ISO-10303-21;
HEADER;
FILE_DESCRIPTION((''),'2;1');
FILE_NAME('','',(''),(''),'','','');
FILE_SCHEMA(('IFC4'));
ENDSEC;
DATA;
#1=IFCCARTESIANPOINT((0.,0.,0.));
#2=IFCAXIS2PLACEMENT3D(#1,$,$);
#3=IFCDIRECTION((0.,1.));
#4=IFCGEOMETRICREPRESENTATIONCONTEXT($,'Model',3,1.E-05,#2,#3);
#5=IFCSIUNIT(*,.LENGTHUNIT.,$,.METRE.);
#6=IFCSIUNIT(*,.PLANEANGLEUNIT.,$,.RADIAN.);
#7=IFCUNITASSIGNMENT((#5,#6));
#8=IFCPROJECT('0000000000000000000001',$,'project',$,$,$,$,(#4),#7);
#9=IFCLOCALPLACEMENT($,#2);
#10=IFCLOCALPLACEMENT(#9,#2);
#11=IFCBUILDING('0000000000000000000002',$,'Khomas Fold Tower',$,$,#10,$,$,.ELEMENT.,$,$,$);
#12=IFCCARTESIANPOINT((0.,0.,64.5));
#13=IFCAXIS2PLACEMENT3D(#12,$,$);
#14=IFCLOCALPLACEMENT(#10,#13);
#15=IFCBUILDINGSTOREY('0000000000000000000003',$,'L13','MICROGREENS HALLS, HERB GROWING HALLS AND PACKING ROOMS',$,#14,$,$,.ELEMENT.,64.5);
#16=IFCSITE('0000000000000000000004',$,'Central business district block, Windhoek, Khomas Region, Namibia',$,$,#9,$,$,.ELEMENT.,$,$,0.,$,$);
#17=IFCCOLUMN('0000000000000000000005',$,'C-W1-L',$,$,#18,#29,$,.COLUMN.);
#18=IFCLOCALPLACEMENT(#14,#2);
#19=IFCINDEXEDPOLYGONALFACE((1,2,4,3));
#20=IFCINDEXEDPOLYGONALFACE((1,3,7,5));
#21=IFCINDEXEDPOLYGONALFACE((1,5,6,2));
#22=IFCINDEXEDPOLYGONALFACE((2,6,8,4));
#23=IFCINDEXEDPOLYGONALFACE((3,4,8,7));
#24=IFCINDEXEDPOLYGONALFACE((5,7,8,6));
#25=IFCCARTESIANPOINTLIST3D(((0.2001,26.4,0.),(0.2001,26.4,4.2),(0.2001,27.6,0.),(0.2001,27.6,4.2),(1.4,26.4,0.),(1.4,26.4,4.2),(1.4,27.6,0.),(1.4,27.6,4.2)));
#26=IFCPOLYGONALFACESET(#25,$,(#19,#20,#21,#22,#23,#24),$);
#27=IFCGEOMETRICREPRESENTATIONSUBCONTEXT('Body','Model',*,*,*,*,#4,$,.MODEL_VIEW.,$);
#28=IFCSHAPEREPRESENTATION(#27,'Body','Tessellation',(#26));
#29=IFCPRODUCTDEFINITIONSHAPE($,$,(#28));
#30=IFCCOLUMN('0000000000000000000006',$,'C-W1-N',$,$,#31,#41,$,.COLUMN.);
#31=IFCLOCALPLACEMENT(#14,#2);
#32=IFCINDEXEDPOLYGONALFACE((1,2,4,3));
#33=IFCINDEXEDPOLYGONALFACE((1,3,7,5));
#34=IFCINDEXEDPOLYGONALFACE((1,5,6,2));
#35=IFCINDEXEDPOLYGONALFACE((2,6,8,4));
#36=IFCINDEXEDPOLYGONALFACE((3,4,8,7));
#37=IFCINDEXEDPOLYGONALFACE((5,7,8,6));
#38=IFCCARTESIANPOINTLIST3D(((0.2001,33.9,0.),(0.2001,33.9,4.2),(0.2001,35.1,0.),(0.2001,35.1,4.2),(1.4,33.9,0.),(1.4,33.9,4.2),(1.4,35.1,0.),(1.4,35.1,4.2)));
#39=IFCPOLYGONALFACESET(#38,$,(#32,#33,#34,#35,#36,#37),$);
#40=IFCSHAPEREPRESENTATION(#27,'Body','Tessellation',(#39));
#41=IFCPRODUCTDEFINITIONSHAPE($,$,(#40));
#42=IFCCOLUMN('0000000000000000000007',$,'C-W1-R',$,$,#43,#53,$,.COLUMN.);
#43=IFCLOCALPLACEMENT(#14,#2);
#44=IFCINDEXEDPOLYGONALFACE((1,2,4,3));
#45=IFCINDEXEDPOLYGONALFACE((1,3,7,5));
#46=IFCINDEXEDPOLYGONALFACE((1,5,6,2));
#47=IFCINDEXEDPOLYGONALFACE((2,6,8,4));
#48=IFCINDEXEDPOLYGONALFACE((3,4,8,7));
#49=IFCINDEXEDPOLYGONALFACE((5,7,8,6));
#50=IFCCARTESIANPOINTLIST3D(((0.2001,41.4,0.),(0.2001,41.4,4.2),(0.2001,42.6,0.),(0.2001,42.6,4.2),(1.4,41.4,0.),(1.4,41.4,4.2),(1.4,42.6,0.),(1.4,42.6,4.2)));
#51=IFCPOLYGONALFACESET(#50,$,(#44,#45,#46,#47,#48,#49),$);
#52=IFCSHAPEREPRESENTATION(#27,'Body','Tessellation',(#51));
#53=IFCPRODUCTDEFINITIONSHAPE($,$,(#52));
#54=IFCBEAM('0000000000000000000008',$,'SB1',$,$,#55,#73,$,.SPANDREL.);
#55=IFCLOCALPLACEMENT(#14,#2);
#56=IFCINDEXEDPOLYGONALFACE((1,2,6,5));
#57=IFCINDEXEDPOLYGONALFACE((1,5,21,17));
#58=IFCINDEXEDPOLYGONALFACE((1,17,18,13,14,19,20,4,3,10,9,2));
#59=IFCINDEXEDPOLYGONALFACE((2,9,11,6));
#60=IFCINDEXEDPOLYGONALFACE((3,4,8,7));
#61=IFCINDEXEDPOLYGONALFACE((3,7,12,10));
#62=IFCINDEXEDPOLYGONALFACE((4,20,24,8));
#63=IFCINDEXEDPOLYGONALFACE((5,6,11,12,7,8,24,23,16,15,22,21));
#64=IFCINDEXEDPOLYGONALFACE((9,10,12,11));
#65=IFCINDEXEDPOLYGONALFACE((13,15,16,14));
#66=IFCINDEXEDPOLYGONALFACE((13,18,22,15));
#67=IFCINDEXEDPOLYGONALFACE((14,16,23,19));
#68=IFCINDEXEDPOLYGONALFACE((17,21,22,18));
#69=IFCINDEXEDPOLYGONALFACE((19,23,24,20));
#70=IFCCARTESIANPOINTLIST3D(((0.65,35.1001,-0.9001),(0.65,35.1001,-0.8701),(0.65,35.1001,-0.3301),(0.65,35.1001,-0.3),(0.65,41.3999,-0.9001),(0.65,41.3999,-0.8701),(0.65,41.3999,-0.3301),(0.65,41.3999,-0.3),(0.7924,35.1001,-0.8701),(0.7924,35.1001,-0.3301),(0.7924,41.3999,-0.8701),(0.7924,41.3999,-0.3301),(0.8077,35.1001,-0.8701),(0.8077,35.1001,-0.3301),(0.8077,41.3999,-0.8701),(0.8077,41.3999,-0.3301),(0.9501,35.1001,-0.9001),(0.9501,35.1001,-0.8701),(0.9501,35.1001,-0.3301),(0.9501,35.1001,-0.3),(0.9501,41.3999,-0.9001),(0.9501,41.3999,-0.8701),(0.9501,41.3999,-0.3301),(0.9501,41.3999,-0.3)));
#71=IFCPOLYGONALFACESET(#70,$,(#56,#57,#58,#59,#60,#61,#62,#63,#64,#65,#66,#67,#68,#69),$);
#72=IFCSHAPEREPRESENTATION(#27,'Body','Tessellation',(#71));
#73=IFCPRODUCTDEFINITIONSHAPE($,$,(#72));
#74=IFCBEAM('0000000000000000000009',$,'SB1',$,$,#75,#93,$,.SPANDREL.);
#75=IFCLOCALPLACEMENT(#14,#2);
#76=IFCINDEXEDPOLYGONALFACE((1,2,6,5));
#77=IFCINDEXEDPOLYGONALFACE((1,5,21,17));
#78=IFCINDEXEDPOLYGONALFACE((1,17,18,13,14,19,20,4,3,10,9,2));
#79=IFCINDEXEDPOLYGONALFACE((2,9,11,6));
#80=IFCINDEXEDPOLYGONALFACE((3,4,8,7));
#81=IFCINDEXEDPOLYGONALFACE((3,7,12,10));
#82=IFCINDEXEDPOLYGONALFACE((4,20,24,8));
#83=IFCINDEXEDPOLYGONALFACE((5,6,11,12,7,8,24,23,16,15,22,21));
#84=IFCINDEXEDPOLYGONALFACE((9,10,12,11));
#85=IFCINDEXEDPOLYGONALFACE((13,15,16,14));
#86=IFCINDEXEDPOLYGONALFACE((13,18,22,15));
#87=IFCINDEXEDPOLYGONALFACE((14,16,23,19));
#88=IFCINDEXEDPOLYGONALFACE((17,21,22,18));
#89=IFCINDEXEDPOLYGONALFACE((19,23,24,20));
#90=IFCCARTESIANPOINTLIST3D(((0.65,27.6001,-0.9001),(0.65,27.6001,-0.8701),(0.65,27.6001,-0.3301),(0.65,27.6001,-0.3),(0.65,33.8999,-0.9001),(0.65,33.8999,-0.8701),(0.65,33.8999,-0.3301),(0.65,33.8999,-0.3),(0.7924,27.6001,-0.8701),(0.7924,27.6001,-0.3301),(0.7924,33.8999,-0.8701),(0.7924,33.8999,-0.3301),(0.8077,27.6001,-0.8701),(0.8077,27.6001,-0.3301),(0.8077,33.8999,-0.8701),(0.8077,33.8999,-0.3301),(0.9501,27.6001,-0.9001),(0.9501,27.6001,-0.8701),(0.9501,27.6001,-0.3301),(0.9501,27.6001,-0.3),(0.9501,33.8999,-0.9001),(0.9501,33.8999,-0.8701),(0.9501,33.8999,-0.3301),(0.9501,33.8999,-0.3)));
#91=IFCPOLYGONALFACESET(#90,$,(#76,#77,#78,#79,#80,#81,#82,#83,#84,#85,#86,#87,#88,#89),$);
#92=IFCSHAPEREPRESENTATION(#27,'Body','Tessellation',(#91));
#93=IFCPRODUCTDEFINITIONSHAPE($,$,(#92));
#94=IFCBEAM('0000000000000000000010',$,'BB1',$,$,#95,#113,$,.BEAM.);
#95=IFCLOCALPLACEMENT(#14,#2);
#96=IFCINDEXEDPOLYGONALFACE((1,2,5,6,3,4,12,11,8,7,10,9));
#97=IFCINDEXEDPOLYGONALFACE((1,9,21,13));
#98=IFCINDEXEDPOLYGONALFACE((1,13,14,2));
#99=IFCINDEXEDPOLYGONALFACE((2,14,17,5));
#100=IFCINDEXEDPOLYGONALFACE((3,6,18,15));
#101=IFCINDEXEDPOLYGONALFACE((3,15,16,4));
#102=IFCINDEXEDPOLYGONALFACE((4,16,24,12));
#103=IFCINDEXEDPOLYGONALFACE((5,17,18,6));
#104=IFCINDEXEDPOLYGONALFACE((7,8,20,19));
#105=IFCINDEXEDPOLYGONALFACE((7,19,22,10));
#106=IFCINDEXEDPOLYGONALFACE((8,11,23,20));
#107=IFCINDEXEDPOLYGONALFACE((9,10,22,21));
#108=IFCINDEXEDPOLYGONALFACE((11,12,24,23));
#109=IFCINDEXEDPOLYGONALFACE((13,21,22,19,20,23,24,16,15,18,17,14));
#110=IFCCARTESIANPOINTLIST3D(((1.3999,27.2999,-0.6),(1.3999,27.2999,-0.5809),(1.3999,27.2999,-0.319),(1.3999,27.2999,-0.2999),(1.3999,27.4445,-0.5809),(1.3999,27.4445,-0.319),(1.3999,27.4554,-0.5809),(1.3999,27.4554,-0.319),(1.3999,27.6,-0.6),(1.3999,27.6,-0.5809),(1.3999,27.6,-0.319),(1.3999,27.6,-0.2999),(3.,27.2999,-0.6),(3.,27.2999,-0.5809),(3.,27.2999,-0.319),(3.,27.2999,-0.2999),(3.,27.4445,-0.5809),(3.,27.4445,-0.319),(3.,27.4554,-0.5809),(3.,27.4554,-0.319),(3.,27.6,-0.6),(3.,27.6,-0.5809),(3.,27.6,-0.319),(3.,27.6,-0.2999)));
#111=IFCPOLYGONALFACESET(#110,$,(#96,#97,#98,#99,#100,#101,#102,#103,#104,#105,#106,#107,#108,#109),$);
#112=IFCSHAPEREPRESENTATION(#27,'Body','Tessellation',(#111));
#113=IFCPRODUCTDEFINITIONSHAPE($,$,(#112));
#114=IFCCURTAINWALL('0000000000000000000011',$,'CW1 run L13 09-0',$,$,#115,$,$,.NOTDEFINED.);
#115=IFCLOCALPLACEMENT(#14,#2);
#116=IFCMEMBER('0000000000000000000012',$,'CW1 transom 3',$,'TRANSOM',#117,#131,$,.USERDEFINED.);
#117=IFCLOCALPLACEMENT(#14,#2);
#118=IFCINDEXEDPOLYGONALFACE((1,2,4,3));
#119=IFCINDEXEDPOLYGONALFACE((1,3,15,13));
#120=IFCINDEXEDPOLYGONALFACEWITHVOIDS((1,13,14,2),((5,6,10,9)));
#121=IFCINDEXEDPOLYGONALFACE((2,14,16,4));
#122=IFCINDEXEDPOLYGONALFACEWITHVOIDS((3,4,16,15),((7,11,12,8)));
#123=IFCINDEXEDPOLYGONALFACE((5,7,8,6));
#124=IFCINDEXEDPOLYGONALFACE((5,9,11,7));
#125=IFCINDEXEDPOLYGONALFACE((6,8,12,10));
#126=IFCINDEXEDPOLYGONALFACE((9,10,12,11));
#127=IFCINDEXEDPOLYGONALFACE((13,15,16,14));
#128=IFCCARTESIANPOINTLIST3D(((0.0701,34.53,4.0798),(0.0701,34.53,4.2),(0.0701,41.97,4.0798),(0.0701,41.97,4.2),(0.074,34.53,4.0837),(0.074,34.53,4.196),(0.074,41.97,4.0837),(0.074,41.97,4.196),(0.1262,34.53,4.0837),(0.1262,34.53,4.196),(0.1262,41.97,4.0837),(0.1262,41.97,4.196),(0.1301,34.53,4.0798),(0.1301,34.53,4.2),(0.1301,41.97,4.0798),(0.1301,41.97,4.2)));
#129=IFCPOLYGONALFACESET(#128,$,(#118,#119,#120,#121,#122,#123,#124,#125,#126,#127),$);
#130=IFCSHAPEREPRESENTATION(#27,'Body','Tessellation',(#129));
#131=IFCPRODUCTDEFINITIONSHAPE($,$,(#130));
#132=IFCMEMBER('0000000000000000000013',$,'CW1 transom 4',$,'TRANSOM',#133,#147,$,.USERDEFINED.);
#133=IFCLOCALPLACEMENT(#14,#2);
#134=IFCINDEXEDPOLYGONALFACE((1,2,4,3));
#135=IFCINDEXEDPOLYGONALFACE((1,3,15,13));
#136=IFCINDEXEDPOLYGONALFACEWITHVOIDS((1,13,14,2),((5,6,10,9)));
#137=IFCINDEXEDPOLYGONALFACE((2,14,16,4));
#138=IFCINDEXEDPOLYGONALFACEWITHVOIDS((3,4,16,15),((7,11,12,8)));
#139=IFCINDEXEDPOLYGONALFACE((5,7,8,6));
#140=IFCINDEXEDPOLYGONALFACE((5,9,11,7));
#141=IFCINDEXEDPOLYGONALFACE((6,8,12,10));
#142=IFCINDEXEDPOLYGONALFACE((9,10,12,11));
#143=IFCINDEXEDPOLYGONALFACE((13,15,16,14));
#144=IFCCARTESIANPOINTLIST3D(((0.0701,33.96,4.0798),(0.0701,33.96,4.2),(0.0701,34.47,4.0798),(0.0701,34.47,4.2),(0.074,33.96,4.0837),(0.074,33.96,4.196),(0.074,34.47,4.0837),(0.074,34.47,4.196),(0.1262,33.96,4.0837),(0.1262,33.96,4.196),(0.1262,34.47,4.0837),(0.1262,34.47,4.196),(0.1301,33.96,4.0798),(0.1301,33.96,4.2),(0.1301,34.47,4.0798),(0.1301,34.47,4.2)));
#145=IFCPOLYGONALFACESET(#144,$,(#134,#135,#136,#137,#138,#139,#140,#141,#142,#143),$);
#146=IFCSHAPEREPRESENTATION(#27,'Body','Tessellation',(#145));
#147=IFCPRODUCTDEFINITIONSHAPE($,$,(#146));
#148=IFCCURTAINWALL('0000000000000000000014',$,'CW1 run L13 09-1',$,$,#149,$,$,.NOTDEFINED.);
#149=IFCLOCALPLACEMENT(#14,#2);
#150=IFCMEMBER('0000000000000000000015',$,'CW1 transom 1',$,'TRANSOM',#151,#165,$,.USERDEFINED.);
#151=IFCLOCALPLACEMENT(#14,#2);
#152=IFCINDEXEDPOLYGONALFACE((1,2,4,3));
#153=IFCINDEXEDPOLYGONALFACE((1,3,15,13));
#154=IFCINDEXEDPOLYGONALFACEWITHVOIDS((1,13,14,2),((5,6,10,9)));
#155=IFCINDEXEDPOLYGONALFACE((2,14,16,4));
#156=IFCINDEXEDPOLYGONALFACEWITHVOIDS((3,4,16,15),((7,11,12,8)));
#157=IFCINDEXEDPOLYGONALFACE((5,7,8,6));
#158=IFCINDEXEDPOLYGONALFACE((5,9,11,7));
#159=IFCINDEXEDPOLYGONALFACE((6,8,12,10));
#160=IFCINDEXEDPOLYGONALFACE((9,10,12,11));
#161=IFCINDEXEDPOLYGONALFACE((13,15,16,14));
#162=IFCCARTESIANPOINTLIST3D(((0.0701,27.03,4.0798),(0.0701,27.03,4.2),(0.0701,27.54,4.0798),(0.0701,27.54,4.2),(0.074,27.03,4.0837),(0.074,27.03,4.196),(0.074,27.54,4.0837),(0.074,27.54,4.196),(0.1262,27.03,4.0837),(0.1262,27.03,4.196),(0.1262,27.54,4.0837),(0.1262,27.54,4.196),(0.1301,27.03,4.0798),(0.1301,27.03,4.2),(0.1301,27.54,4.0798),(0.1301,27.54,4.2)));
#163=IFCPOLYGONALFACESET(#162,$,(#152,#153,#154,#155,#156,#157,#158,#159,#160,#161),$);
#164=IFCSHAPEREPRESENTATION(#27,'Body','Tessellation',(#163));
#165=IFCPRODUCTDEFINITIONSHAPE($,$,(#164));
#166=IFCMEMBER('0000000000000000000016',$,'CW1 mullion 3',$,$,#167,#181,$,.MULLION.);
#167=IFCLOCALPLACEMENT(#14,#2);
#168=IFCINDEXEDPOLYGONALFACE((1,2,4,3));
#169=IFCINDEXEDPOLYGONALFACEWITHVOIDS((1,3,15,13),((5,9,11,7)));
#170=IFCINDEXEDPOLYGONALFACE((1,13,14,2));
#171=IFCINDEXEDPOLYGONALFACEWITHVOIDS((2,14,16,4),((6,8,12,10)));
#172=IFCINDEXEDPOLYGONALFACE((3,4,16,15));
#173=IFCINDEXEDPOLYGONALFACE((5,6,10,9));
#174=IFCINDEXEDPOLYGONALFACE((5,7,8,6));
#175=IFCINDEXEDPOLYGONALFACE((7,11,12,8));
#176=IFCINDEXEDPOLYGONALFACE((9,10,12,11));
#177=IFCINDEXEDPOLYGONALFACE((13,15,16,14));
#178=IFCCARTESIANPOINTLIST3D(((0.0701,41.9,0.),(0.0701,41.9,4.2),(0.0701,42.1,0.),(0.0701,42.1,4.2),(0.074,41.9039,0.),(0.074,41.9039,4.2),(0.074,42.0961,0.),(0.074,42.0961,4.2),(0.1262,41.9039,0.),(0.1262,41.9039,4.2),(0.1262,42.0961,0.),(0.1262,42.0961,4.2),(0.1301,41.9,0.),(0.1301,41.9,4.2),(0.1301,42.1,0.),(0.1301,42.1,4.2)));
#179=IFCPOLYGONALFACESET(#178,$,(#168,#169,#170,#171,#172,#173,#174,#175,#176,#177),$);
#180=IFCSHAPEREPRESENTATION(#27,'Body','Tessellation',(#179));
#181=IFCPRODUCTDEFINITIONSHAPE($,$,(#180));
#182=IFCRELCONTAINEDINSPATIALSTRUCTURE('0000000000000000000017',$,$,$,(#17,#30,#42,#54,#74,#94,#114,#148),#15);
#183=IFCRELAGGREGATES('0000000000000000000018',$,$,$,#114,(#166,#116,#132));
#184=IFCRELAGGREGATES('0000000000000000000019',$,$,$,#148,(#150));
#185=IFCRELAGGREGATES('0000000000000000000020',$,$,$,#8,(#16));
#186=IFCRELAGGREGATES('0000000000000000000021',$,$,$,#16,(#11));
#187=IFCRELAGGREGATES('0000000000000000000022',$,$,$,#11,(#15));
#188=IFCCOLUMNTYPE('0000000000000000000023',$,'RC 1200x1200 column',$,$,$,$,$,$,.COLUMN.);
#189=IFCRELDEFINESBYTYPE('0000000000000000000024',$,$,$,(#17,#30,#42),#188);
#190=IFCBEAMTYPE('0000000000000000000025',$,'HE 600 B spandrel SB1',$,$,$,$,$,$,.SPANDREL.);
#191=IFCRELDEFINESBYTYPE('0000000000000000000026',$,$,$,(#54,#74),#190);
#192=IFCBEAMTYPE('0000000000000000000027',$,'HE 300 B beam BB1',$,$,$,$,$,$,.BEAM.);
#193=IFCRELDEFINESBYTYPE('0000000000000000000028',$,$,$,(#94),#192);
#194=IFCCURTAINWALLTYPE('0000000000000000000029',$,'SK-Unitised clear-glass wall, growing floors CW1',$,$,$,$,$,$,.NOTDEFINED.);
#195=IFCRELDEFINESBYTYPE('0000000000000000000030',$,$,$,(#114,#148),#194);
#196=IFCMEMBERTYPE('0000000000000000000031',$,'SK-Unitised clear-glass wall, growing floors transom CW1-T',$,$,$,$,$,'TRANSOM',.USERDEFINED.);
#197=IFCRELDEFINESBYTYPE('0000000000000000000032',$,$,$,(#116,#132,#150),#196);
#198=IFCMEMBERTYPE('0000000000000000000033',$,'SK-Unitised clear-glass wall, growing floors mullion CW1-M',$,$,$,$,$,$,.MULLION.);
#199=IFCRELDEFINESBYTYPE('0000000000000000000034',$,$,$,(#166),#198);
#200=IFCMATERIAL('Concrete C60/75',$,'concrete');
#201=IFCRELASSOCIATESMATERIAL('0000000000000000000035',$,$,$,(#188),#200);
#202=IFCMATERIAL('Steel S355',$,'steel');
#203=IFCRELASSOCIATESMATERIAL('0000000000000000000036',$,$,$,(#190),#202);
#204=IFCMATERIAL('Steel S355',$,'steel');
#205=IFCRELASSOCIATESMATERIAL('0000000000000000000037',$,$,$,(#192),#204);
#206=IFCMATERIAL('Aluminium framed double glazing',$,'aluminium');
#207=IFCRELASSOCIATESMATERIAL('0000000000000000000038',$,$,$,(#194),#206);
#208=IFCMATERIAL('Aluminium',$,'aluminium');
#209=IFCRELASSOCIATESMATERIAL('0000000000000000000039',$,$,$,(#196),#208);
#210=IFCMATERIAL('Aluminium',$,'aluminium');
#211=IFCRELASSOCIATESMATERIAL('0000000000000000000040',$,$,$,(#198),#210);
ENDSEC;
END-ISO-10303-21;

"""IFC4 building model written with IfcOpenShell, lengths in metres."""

from ifc_helpers import new_model, si_unit, direction, frame, origin, origin_2d, place, context, subcontext, project, spatial, rectangle, hollow_rectangle, i_section, extrude, source, transform, mapped, material, material_profile, profile_set, type_object, element, aggregate, save


model = new_model("IFC4")

# Units and contexts
model_context = context("Model", 3, precision=1e-05, world=origin(), true_north=direction((0.0, 1.0)))
body_context = subcontext(model_context, "Body", "Model", "MODEL_VIEW")
ifc_project = project(units=[si_unit("LENGTHUNIT", "METRE"), si_unit("PLANEANGLEUNIT", "RADIAN")], contexts=[model_context])

# Site, building, storey
site_placement = place(None, origin())
site = spatial("IfcSite", under=ifc_project, at=site_placement, Name="Central business district block, Windhoek, Khomas Region, Namibia", CompositionType="ELEMENT", RefElevation=0.0)
building_placement = place(site_placement, origin())
building = spatial("IfcBuilding", under=site, at=building_placement, Name="Khomas Fold Tower", CompositionType="ELEMENT")
storey_placement = place(building_placement, frame((0.0, 0.0, 64.5)))
storey = spatial("IfcBuildingStorey", under=building, at=storey_placement, Name="L13", Description="MICROGREENS HALLS, HERB GROWING HALLS AND PACKING ROOMS", CompositionType="ELEMENT", Elevation=64.5)

# Columns
ifc_material_1 = material(Name="Concrete C60/75", Category="concrete")
ifc_material_profile_1 = material_profile(ifc_material_1, rectangle(XDim=1.2, YDim=1.2, at=origin_2d()), Name="RC 1200x1200")
ifc_profile_set_1 = profile_set([ifc_material_profile_1], Name="Concrete C60/75")
column_type = type_object("IfcColumnType", Name="RC 1200x1200 column", PredefinedType="COLUMN", material=ifc_profile_set_1)
shared_shape_1 = source(origin(), body_context, "Body", "SweptSolid", [
    extrude(rectangle(XDim=1.2, YDim=1.2, at=origin_2d()), origin(), (0.0, 0.0, 1.0), 4.2),
])
for number, where, z_axis, x_axis, name in (
    (1, (0.8, 27.0, 0.0), (0.0, 0.0, 1.0), (1.0, 0.0, 0.0), "C-W1-L"),
    (2, (0.8, 34.5, 0.0), (0.0, 0.0, 1.0), (1.0, 0.0, 0.0), "C-W1-N"),
    (3, (0.8, 42.0, 0.0), (0.0, 0.0, 1.0), (1.0, 0.0, 0.0), "C-W1-R"),
):
    element("IfcColumn", number, at=place(storey_placement, frame(where, z_axis=z_axis, x_axis=x_axis)), inside=storey, type_object=column_type, Name=name, PredefinedType="COLUMN", context=body_context, shape_type="MappedRepresentation", body=[
        mapped(shared_shape_1, transform((0.0, 0.0, 0.0))),
    ])

# Beams
ifc_material_2 = material(Name="Steel S355", Category="steel")
ifc_material_profile_2 = material_profile(ifc_material_2, i_section(OverallWidth=0.3, OverallDepth=0.6001, WebThickness=0.0154, FlangeThickness=0.03, at=origin_2d()), Name="HE 600 B")
ifc_profile_set_2 = profile_set([ifc_material_profile_2], Name="Steel S355")
beam_type_1 = type_object("IfcBeamType", Name="HE 600 B spandrel SB1", PredefinedType="SPANDREL", material=ifc_profile_set_2)
shared_shape_2 = source(origin(), body_context, "Body", "SweptSolid", [
    extrude(i_section(OverallWidth=0.3, OverallDepth=0.6001, WebThickness=0.0154, FlangeThickness=0.03, at=origin_2d()), origin(), (0.0, 0.0, 1.0), 6.2998),
])
for number, where, z_axis, x_axis, name in (
    (4, (0.8, 35.1001, -0.6001), (0.0, 1.0, 0.0), (-1.0, 0.0, 0.0), "SB1"),
    (5, (0.8, 27.6001, -0.6001), (0.0, 1.0, 0.0), (-1.0, 0.0, 0.0), "SB1"),
):
    element("IfcBeam", number, at=place(storey_placement, frame(where, z_axis=z_axis, x_axis=x_axis)), inside=storey, type_object=beam_type_1, Name=name, PredefinedType="SPANDREL", context=body_context, shape_type="MappedRepresentation", body=[
        mapped(shared_shape_2, transform((0.0, 0.0, 0.0))),
    ])
ifc_material_3 = material(Name="Steel S355", Category="steel")
ifc_material_profile_3 = material_profile(ifc_material_3, i_section(OverallWidth=0.3, OverallDepth=0.3, WebThickness=0.011, FlangeThickness=0.019, at=origin_2d()), Name="HE 300 B")
ifc_profile_set_3 = profile_set([ifc_material_profile_3], Name="Steel S355")
beam_type_2 = type_object("IfcBeamType", Name="HE 300 B beam BB1", PredefinedType="BEAM", material=ifc_profile_set_3)
shared_shape_3 = source(origin(), body_context, "Body", "SweptSolid", [
    extrude(i_section(OverallWidth=0.3, OverallDepth=0.3, WebThickness=0.011, FlangeThickness=0.019, at=origin_2d()), origin(), (0.0, 0.0, 1.0), 1.6001),
])
beam_placement = place(storey_placement, frame((1.3999, 27.45, -0.45), z_axis=(1.0, 0.0, 0.0), x_axis=(0.0, 1.0, 0.0)))
element("IfcBeam", 6, at=beam_placement, inside=storey, type_object=beam_type_2, Name="BB1", PredefinedType="BEAM", context=body_context, shape_type="MappedRepresentation", body=[
    mapped(shared_shape_3, transform((0.0, 0.0, 0.0))),
])

# Curtain wall, members
ifc_material_4 = material(Name="Aluminium framed double glazing", Category="aluminium")
curtain_wall_type = type_object("IfcCurtainWallType", Name="SK-Unitised clear-glass wall, growing floors CW1", PredefinedType="NOTDEFINED", material=ifc_material_4)
curtain_wall_1_placement = place(storey_placement, origin())
curtain_wall_1 = element("IfcCurtainWall", 7, at=curtain_wall_1_placement, inside=storey, type_object=curtain_wall_type, Name="CW1 run L13 09-0", PredefinedType="NOTDEFINED")
ifc_material_5 = material(Name="Aluminium", Category="aluminium")
ifc_material_profile_4 = material_profile(ifc_material_5, hollow_rectangle(XDim=0.0601, YDim=0.1201, WallThickness=0.0039, at=origin_2d()), Name="SK-Unitised clear-glass wall, growing floors transom CW1-T")
ifc_profile_set_4 = profile_set([ifc_material_profile_4], Name="Aluminium")
member_type_1 = type_object("IfcMemberType", Name="SK-Unitised clear-glass wall, growing floors transom CW1-T", ElementType="TRANSOM", PredefinedType="USERDEFINED", material=ifc_profile_set_4)
shared_shape_4 = source(origin(), body_context, "Body", "SweptSolid", [
    extrude(hollow_rectangle(XDim=0.0601, YDim=0.1201, WallThickness=0.0039, at=origin_2d()), origin(), (0.0, 0.0, 1.0), 7.4399),
])
member_1_placement = place(storey_placement, frame((0.1001, 41.97, 4.1399), z_axis=(0.0, -1.0, 0.0), x_axis=(1.0, 0.0, 0.0)))
member_1 = element("IfcMember", 8, at=member_1_placement, type_object=member_type_1, Name="CW1 transom 3", ObjectType="TRANSOM", PredefinedType="USERDEFINED", context=body_context, shape_type="MappedRepresentation", body=[
    mapped(shared_shape_4, transform((0.0, 0.0, 0.0))),
])
shared_shape_5 = source(origin(), body_context, "Body", "SweptSolid", [
    extrude(hollow_rectangle(XDim=0.0601, YDim=0.1201, WallThickness=0.0039, at=origin_2d()), origin(), (0.0, 0.0, 1.0), 0.51),
])
member_2_placement = place(storey_placement, frame((0.1001, 34.47, 4.1399), z_axis=(0.0, -1.0, 0.0), x_axis=(1.0, 0.0, 0.0)))
member_2 = element("IfcMember", 9, at=member_2_placement, type_object=member_type_1, Name="CW1 transom 4", ObjectType="TRANSOM", PredefinedType="USERDEFINED", context=body_context, shape_type="MappedRepresentation", body=[
    mapped(shared_shape_5, transform((0.0, 0.0, 0.0))),
])

# Curtain wall, member
curtain_wall_2_placement = place(storey_placement, origin())
curtain_wall_2 = element("IfcCurtainWall", 10, at=curtain_wall_2_placement, inside=storey, type_object=curtain_wall_type, Name="CW1 run L13 09-1", PredefinedType="NOTDEFINED")
member_3_placement = place(storey_placement, frame((0.1001, 27.54, 4.1399), z_axis=(0.0, -1.0, 0.0), x_axis=(1.0, 0.0, 0.0)))
member_3 = element("IfcMember", 11, at=member_3_placement, type_object=member_type_1, Name="CW1 transom 1", ObjectType="TRANSOM", PredefinedType="USERDEFINED", context=body_context, shape_type="MappedRepresentation", body=[
    mapped(shared_shape_5, transform((0.0, 0.0, 0.0))),
])

# Member
ifc_material_6 = material(Name="Aluminium", Category="aluminium")
ifc_material_profile_5 = material_profile(ifc_material_6, hollow_rectangle(XDim=0.0601, YDim=0.2, WallThickness=0.0039, at=origin_2d()), Name="SK-Unitised clear-glass wall, growing floors mullion CW1-M")
ifc_profile_set_5 = profile_set([ifc_material_profile_5], Name="Aluminium")
member_type_2 = type_object("IfcMemberType", Name="SK-Unitised clear-glass wall, growing floors mullion CW1-M", PredefinedType="MULLION", material=ifc_profile_set_5)
shared_shape_6 = source(origin(), body_context, "Body", "SweptSolid", [
    extrude(hollow_rectangle(XDim=0.0601, YDim=0.2, WallThickness=0.0039, at=origin_2d()), origin(), (0.0, 0.0, 1.0), 4.2),
])
member_4_placement = place(storey_placement, frame((0.1001, 42.0, 0.0), z_axis=(0.0, 0.0, 1.0), x_axis=(1.0, 0.0, 0.0)))
member_4 = element("IfcMember", 12, at=member_4_placement, type_object=member_type_2, Name="CW1 mullion 3", PredefinedType="MULLION", context=body_context, shape_type="MappedRepresentation", body=[
    mapped(shared_shape_6, transform((0.0, 0.0, 0.0))),
])

aggregate(curtain_wall_1, [member_4, member_1, member_2])
aggregate(curtain_wall_2, [member_3])

save(model, "model.ifc")
